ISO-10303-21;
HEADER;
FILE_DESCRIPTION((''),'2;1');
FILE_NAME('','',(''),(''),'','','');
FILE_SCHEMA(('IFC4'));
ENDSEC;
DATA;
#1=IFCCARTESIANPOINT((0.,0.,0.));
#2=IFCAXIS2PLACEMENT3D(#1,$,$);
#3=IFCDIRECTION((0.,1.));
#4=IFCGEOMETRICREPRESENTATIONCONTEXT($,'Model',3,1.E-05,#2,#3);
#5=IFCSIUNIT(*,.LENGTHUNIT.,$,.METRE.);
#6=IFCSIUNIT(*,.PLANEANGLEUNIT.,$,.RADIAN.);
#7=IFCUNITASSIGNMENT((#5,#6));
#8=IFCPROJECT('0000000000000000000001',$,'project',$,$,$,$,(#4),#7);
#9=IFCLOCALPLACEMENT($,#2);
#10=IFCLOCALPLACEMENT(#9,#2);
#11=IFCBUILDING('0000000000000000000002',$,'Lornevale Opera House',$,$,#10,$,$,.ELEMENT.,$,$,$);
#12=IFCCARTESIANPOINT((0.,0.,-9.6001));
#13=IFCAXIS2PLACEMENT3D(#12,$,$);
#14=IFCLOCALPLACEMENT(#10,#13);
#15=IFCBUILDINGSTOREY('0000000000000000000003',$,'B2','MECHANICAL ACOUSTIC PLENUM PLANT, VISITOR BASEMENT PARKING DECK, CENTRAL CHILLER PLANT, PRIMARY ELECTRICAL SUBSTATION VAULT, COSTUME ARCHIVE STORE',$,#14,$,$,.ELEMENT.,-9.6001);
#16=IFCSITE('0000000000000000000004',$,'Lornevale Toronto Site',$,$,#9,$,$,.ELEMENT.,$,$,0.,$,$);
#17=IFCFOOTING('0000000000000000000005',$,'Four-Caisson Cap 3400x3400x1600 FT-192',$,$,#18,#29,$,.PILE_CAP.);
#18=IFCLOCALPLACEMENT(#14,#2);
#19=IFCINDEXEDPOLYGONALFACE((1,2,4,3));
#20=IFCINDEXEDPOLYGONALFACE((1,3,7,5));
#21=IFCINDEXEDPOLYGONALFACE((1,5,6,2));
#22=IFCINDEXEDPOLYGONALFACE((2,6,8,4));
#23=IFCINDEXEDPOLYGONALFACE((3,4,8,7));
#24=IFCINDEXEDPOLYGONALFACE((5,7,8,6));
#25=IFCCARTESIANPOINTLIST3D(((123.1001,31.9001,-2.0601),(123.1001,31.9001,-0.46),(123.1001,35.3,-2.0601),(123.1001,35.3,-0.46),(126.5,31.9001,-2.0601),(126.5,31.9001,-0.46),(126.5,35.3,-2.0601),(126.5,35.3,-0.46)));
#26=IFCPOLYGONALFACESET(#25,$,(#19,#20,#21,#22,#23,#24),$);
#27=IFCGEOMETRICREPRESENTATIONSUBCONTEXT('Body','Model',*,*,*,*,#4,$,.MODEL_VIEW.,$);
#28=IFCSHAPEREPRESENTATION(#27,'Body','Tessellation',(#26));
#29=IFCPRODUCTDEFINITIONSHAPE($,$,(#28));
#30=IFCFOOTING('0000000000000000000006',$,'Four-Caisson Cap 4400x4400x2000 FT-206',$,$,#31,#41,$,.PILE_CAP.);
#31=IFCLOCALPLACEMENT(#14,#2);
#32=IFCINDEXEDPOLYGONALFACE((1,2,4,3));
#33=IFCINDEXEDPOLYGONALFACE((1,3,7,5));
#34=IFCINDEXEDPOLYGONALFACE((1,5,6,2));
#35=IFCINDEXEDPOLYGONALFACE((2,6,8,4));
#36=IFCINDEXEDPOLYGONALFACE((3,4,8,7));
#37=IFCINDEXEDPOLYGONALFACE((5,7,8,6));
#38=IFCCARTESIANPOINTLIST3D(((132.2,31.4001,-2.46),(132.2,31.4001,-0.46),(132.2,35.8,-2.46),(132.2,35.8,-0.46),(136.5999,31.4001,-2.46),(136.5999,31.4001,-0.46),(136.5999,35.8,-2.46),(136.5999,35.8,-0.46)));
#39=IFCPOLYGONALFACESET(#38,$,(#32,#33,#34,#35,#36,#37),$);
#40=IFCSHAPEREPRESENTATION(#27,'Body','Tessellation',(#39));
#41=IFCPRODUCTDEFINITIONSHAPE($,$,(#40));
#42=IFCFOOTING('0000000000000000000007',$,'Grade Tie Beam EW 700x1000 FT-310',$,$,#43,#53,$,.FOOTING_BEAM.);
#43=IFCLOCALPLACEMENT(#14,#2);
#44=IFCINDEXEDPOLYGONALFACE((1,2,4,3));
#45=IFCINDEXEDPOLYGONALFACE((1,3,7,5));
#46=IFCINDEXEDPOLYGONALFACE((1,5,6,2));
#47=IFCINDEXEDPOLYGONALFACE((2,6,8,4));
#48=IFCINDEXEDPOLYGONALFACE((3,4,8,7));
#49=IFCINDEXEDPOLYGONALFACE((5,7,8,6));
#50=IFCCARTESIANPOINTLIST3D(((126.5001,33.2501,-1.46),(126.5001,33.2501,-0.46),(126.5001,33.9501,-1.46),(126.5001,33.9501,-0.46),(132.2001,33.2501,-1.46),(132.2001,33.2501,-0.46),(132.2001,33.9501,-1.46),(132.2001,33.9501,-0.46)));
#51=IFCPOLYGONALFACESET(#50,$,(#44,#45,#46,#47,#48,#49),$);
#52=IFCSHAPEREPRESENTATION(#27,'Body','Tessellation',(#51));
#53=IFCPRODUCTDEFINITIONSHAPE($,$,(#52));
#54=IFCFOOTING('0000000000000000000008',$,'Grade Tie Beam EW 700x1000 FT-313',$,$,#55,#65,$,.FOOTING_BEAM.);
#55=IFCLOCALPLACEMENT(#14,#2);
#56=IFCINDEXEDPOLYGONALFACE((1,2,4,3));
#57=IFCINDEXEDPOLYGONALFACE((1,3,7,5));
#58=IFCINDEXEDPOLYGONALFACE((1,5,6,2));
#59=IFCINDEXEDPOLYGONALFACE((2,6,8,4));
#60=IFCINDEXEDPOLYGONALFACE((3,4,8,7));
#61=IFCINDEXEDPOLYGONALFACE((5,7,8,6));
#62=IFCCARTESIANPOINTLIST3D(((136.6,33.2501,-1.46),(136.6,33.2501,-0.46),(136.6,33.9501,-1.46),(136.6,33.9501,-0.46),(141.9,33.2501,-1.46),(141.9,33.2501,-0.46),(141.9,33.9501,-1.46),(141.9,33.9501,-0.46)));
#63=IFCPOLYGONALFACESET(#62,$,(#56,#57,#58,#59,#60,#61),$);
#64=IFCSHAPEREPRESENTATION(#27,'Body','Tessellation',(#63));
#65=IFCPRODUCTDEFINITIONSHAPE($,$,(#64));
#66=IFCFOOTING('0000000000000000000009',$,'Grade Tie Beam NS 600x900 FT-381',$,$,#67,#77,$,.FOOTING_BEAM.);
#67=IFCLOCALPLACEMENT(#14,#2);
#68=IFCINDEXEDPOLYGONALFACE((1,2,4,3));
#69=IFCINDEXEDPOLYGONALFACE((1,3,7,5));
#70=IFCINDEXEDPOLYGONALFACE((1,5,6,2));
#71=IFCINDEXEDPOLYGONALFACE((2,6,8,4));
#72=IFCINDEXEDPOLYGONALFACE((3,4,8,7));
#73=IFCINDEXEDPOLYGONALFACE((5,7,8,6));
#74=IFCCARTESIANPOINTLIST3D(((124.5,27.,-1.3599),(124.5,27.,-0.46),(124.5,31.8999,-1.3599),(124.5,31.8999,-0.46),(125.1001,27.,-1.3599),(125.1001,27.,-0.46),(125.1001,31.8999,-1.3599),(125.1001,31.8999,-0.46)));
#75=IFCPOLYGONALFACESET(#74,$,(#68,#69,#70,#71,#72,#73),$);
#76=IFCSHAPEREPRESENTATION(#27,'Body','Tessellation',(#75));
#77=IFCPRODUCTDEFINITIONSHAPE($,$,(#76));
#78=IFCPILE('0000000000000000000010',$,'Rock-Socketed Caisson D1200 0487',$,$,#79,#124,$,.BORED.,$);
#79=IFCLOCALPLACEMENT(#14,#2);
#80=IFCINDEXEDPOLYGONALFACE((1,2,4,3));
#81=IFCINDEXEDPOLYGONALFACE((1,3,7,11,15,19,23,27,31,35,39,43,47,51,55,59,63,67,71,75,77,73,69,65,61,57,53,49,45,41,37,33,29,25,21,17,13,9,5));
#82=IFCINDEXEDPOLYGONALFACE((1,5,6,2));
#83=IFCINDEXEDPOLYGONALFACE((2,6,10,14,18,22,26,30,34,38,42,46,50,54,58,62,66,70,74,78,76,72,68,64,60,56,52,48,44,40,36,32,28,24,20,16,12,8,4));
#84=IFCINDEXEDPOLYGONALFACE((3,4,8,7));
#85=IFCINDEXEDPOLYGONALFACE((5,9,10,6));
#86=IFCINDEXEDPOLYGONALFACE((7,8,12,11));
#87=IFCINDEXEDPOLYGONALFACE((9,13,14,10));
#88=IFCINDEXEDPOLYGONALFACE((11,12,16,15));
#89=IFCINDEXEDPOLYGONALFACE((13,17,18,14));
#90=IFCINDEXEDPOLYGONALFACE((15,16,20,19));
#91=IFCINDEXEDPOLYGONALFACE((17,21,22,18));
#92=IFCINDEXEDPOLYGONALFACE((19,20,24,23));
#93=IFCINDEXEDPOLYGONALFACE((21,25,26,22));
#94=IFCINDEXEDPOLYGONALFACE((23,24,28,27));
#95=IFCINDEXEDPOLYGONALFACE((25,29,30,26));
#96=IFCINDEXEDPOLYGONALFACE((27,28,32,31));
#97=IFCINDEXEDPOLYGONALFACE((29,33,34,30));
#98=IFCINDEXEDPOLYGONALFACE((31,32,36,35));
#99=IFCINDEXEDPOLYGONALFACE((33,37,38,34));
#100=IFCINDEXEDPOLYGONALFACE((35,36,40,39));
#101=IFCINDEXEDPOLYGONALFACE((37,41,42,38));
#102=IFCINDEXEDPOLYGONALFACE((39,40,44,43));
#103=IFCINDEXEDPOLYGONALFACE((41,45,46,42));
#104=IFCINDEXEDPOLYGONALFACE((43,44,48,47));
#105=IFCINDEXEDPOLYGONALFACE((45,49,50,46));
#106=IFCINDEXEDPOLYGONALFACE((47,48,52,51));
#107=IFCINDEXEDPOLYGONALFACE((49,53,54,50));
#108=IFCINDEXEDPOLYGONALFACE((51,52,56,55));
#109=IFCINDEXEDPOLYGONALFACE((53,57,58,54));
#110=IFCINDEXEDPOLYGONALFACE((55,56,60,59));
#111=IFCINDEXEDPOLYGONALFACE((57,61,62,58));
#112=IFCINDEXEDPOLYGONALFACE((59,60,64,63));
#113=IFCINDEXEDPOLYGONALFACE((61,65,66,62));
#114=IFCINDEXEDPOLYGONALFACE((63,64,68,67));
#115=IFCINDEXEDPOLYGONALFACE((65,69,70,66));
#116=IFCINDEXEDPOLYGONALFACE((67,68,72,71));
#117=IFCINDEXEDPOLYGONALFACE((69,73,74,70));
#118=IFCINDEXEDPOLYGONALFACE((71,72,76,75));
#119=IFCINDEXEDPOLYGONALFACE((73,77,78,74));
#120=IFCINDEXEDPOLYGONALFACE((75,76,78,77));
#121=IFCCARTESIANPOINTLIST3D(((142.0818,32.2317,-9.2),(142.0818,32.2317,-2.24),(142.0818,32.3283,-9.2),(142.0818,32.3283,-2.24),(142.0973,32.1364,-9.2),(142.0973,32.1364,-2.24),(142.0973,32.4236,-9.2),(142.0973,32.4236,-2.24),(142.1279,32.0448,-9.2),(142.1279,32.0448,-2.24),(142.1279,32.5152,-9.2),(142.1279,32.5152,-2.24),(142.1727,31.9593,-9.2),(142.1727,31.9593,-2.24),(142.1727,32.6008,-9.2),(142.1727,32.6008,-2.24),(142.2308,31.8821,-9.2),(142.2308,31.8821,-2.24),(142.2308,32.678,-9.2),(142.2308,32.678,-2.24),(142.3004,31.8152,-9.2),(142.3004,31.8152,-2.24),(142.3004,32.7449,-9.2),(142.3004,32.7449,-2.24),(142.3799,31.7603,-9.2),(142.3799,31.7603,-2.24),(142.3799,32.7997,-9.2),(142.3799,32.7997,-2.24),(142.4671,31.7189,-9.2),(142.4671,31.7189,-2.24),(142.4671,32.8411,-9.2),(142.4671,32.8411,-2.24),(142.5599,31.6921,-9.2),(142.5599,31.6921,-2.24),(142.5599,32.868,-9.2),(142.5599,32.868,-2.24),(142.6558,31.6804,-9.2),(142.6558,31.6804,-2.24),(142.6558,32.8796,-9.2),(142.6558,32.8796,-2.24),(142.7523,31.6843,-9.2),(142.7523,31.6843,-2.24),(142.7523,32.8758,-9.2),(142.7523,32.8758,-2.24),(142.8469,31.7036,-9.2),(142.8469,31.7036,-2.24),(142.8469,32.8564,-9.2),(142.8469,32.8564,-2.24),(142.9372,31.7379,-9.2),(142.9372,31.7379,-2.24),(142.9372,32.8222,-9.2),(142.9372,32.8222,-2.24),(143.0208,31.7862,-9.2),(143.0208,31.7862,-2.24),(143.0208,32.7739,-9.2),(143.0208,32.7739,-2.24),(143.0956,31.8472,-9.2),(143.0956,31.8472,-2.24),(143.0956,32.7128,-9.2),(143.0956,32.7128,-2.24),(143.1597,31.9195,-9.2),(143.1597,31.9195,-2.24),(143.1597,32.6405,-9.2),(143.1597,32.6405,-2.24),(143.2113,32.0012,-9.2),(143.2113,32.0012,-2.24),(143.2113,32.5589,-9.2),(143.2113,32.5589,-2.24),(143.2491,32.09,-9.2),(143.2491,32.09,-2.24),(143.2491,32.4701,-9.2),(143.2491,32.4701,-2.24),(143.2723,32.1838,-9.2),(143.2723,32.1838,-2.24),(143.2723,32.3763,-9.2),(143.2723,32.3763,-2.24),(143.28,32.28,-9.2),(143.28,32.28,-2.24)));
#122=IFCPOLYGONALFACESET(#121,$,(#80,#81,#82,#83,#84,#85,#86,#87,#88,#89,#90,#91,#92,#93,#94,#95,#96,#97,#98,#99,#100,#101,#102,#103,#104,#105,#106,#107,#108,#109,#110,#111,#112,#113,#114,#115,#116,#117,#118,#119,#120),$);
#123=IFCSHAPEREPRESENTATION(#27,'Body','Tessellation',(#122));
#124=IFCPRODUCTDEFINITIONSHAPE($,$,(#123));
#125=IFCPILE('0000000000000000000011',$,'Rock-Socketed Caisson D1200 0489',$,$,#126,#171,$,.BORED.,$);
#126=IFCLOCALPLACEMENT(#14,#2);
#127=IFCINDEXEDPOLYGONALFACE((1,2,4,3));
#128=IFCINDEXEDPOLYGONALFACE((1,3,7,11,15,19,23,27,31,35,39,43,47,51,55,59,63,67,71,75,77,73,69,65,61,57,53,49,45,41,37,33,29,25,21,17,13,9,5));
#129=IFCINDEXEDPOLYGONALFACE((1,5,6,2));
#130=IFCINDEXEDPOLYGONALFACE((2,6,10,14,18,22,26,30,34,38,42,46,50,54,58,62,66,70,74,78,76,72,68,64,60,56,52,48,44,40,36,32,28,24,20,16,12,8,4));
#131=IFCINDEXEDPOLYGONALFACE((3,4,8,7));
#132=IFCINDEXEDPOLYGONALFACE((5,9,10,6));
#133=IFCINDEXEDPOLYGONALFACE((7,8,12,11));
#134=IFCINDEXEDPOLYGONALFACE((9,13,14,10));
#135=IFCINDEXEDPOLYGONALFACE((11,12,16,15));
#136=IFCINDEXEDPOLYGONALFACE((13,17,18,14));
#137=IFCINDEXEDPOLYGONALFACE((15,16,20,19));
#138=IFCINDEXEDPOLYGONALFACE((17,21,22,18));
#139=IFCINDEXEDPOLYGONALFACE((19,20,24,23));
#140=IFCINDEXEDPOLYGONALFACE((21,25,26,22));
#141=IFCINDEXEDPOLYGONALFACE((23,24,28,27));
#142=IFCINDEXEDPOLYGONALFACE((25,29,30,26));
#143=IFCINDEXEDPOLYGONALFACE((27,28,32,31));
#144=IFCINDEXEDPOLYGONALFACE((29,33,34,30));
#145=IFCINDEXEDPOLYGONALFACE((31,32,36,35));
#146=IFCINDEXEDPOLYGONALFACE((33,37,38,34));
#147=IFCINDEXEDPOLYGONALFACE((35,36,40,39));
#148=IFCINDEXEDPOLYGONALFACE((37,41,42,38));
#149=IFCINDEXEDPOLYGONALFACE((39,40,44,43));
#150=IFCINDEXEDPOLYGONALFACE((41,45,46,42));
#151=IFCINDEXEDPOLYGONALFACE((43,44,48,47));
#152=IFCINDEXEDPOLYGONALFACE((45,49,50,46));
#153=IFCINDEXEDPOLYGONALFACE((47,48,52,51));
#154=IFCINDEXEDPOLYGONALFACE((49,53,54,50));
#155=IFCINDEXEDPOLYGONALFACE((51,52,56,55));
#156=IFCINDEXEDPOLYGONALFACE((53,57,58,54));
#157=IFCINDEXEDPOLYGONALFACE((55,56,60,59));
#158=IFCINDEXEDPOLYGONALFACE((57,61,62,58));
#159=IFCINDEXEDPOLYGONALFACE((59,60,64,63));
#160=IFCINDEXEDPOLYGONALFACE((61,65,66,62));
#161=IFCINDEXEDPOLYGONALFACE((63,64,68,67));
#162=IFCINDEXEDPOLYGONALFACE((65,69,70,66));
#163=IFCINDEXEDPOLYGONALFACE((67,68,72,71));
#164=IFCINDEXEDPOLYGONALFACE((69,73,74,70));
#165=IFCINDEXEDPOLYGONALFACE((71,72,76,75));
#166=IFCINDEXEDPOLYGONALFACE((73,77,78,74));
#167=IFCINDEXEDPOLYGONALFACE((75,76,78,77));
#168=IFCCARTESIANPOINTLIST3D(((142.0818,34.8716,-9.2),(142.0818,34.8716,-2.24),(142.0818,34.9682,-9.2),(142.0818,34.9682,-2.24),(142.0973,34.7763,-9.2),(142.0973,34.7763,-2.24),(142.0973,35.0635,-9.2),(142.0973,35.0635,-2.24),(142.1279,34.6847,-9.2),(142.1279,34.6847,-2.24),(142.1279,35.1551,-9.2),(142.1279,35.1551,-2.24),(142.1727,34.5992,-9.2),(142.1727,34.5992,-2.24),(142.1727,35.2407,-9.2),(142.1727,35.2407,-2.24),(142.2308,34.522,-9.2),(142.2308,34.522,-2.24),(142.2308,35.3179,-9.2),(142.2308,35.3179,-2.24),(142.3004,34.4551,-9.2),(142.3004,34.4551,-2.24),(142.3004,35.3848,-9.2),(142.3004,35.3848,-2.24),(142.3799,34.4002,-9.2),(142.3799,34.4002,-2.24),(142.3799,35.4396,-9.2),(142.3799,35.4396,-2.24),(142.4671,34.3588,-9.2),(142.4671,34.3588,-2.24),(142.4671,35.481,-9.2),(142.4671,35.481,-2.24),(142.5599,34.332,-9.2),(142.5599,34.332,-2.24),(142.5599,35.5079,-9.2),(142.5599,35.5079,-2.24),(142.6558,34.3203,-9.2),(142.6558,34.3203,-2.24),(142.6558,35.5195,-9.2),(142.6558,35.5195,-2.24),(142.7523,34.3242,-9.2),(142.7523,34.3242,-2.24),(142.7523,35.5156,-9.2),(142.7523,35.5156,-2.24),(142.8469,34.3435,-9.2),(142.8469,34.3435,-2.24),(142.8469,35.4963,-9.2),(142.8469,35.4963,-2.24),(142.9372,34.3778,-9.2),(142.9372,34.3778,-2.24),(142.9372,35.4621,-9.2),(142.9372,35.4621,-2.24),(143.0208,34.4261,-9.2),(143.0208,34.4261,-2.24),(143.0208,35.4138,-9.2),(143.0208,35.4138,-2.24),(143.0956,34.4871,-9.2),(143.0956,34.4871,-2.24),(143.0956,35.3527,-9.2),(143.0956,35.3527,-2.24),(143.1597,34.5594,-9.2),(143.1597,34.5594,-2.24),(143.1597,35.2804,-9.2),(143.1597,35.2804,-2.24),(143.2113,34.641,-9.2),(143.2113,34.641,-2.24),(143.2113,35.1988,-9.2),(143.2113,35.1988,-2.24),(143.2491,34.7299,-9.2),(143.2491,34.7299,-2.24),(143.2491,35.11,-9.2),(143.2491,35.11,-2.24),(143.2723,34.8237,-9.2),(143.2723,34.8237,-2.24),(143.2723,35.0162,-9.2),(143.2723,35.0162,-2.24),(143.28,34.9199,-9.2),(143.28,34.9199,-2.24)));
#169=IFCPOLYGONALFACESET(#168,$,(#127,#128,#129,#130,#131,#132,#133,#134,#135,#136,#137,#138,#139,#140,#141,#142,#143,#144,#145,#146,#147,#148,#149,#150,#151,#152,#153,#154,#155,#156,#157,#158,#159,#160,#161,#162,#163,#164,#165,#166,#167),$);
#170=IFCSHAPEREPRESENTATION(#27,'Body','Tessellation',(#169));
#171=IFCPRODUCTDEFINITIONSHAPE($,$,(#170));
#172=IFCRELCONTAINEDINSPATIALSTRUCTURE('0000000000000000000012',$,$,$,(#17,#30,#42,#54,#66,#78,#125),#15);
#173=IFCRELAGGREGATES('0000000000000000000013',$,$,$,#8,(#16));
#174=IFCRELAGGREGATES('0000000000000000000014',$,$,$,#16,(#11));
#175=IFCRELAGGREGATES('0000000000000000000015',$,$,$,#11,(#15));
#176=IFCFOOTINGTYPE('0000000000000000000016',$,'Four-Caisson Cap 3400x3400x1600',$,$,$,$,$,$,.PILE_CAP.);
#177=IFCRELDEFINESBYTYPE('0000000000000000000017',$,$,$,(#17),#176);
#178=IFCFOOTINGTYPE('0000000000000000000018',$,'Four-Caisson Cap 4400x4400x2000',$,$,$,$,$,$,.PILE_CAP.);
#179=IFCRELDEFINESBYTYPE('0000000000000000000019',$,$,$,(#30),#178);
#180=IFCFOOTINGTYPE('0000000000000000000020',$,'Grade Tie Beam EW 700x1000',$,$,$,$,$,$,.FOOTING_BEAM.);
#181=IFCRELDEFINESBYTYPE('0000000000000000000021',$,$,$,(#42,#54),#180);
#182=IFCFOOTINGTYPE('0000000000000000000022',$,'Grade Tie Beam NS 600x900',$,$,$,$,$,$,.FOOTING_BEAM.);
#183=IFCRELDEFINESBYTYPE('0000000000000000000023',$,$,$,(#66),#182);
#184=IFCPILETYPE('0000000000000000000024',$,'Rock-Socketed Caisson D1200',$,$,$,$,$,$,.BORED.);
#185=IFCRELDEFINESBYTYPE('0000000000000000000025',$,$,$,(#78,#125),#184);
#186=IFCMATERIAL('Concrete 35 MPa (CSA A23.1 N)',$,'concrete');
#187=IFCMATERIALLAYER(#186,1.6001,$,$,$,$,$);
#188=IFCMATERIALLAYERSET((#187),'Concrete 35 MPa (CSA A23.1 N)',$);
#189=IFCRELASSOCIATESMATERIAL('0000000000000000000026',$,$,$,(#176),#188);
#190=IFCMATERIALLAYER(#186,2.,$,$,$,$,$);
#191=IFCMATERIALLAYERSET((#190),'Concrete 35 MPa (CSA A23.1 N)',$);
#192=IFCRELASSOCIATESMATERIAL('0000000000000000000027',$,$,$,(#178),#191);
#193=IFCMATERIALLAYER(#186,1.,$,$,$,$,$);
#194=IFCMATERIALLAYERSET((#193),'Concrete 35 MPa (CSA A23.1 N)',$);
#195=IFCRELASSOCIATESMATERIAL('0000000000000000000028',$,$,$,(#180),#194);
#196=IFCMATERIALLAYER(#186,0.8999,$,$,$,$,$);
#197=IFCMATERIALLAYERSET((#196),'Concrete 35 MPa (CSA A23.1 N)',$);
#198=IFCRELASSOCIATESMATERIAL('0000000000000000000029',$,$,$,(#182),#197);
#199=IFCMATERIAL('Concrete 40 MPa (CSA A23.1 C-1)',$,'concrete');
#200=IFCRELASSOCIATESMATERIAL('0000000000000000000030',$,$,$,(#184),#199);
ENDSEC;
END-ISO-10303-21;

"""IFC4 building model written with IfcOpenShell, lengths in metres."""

from ifc_helpers import new_model, si_unit, direction, frame, origin, origin_2d, place, context, subcontext, project, spatial, rectangle, circle, extrude, material, layer, layer_set, material_profile, profile_set, type_object, element, save


model = new_model("IFC4")

# Units and contexts
model_context = context("Model", 3, precision=1e-05, world=origin(), true_north=direction((0.0, 1.0)))
body_context = subcontext(model_context, "Body", "Model", "MODEL_VIEW")
ifc_project = project(units=[si_unit("LENGTHUNIT", "METRE"), si_unit("PLANEANGLEUNIT", "RADIAN")], contexts=[model_context])

# Site, building, storey
site_placement = place(None, origin())
site = spatial("IfcSite", under=ifc_project, at=site_placement, Name="Lornevale Toronto Site", CompositionType="ELEMENT", RefElevation=0.0)
building_placement = place(site_placement, origin())
building = spatial("IfcBuilding", under=site, at=building_placement, Name="Lornevale Opera House", CompositionType="ELEMENT")
storey_placement = place(building_placement, frame((0.0, 0.0, -9.6001)))
storey = spatial("IfcBuildingStorey", under=building, at=storey_placement, Name="B2", Description="MECHANICAL ACOUSTIC PLENUM PLANT, VISITOR BASEMENT PARKING DECK, CENTRAL CHILLER PLANT, PRIMARY ELECTRICAL SUBSTATION VAULT, COSTUME ARCHIVE STORE", CompositionType="ELEMENT", Elevation=-9.6001)

# Footings
ifc_material_1 = material(Name="Concrete 35 MPa (CSA A23.1 N)", Category="concrete")
ifc_layer_1 = layer(ifc_material_1, 1.6001)
ifc_layer_set_1 = layer_set([ifc_layer_1], Name="Concrete 35 MPa (CSA A23.1 N)")
footing_type_1 = type_object("IfcFootingType", Name="Four-Caisson Cap 3400x3400x1600", PredefinedType="PILE_CAP", material=ifc_layer_set_1)
footing_1_placement = place(storey_placement, frame((124.8, 33.6001, -2.0601), z_axis=(0.0, 0.0, 1.0), x_axis=(1.0, 0.0, 0.0)))
element("IfcFooting", 1, at=footing_1_placement, inside=storey, type_object=footing_type_1, Name="Four-Caisson Cap 3400x3400x1600 FT-192", PredefinedType="PILE_CAP", context=body_context, shape_type="SweptSolid", body=[
    extrude(rectangle(XDim=3.3999, YDim=3.3999, at=origin_2d()), origin(), (0.0, 0.0, 1.0), 1.6001),
])
ifc_layer_2 = layer(ifc_material_1, 2.0)
ifc_layer_set_2 = layer_set([ifc_layer_2], Name="Concrete 35 MPa (CSA A23.1 N)")
footing_type_2 = type_object("IfcFootingType", Name="Four-Caisson Cap 4400x4400x2000", PredefinedType="PILE_CAP", material=ifc_layer_set_2)
footing_2_placement = place(storey_placement, frame((134.3999, 33.6001, -2.46), z_axis=(0.0, 0.0, 1.0), x_axis=(1.0, 0.0, 0.0)))
element("IfcFooting", 2, at=footing_2_placement, inside=storey, type_object=footing_type_2, Name="Four-Caisson Cap 4400x4400x2000 FT-206", PredefinedType="PILE_CAP", context=body_context, shape_type="SweptSolid", body=[
    extrude(rectangle(XDim=4.3999, YDim=4.3999, at=origin_2d()), origin(), (0.0, 0.0, 1.0), 2.0),
])
ifc_layer_3 = layer(ifc_material_1, 1.0)
ifc_layer_set_3 = layer_set([ifc_layer_3], Name="Concrete 35 MPa (CSA A23.1 N)")
footing_type_3 = type_object("IfcFootingType", Name="Grade Tie Beam EW 700x1000", PredefinedType="FOOTING_BEAM", material=ifc_layer_set_3)
footing_3_placement = place(storey_placement, frame((129.3501, 33.6001, -1.46), z_axis=(0.0, 0.0, 1.0), x_axis=(1.0, 0.0, 0.0)))
element("IfcFooting", 3, at=footing_3_placement, inside=storey, type_object=footing_type_3, Name="Grade Tie Beam EW 700x1000 FT-310", PredefinedType="FOOTING_BEAM", context=body_context, shape_type="SweptSolid", body=[
    extrude(rectangle(XDim=5.7, YDim=0.7, at=origin_2d()), origin(), (0.0, 0.0, 1.0), 1.0),
])
footing_4_placement = place(storey_placement, frame((139.25, 33.6001, -1.46), z_axis=(0.0, 0.0, 1.0), x_axis=(1.0, 0.0, 0.0)))
element("IfcFooting", 4, at=footing_4_placement, inside=storey, type_object=footing_type_3, Name="Grade Tie Beam EW 700x1000 FT-313", PredefinedType="FOOTING_BEAM", context=body_context, shape_type="SweptSolid", body=[
    extrude(rectangle(XDim=5.3, YDim=0.7, at=origin_2d()), origin(), (0.0, 0.0, 1.0), 1.0),
])
ifc_layer_4 = layer(ifc_material_1, 0.8999)
ifc_layer_set_4 = layer_set([ifc_layer_4], Name="Concrete 35 MPa (CSA A23.1 N)")
footing_type_4 = type_object("IfcFootingType", Name="Grade Tie Beam NS 600x900", PredefinedType="FOOTING_BEAM", material=ifc_layer_set_4)
footing_5_placement = place(storey_placement, frame((124.8, 29.45, -1.3599), z_axis=(0.0, 0.0, 1.0), x_axis=(1.0, 0.0, 0.0)))
element("IfcFooting", 5, at=footing_5_placement, inside=storey, type_object=footing_type_4, Name="Grade Tie Beam NS 600x900 FT-381", PredefinedType="FOOTING_BEAM", context=body_context, shape_type="SweptSolid", body=[
    extrude(rectangle(XDim=0.6001, YDim=4.8999, at=origin_2d()), origin(), (0.0, 0.0, 1.0), 0.8999),
])

# Piles
ifc_material_2 = material(Name="Concrete 40 MPa (CSA A23.1 C-1)", Category="concrete")
ifc_material_profile_1 = material_profile(ifc_material_2, circle(Radius=0.6001, at=origin_2d()), Name="CAIS1200")
ifc_profile_set_1 = profile_set([ifc_material_profile_1], Name="Concrete 40 MPa (CSA A23.1 C-1)")
pile_type_1 = type_object("IfcPileType", Name="Rock-Socketed Caisson D1200", PredefinedType="BORED", material=ifc_profile_set_1)
for number, where, z_axis, x_axis, name in (
    (6, (142.6799, 32.28, -2.24), (0.0, 0.0, -1.0), (1.0, 0.0, 0.0), "Rock-Socketed Caisson D1200 0487"),
    (7, (142.6799, 34.9199, -2.24), (0.0, 0.0, -1.0), (1.0, 0.0, 0.0), "Rock-Socketed Caisson D1200 0489"),
):
    element("IfcPile", number, at=place(storey_placement, frame(where, z_axis=z_axis, x_axis=x_axis)), inside=storey, type_object=pile_type_1, Name=name, PredefinedType="BORED", context=body_context, shape_type="SweptSolid", body=[
        extrude(circle(Radius=0.6001, at=origin_2d()), origin(), (0.0, 0.0, 1.0), 6.96),
    ])

save(model, "model.ifc")
